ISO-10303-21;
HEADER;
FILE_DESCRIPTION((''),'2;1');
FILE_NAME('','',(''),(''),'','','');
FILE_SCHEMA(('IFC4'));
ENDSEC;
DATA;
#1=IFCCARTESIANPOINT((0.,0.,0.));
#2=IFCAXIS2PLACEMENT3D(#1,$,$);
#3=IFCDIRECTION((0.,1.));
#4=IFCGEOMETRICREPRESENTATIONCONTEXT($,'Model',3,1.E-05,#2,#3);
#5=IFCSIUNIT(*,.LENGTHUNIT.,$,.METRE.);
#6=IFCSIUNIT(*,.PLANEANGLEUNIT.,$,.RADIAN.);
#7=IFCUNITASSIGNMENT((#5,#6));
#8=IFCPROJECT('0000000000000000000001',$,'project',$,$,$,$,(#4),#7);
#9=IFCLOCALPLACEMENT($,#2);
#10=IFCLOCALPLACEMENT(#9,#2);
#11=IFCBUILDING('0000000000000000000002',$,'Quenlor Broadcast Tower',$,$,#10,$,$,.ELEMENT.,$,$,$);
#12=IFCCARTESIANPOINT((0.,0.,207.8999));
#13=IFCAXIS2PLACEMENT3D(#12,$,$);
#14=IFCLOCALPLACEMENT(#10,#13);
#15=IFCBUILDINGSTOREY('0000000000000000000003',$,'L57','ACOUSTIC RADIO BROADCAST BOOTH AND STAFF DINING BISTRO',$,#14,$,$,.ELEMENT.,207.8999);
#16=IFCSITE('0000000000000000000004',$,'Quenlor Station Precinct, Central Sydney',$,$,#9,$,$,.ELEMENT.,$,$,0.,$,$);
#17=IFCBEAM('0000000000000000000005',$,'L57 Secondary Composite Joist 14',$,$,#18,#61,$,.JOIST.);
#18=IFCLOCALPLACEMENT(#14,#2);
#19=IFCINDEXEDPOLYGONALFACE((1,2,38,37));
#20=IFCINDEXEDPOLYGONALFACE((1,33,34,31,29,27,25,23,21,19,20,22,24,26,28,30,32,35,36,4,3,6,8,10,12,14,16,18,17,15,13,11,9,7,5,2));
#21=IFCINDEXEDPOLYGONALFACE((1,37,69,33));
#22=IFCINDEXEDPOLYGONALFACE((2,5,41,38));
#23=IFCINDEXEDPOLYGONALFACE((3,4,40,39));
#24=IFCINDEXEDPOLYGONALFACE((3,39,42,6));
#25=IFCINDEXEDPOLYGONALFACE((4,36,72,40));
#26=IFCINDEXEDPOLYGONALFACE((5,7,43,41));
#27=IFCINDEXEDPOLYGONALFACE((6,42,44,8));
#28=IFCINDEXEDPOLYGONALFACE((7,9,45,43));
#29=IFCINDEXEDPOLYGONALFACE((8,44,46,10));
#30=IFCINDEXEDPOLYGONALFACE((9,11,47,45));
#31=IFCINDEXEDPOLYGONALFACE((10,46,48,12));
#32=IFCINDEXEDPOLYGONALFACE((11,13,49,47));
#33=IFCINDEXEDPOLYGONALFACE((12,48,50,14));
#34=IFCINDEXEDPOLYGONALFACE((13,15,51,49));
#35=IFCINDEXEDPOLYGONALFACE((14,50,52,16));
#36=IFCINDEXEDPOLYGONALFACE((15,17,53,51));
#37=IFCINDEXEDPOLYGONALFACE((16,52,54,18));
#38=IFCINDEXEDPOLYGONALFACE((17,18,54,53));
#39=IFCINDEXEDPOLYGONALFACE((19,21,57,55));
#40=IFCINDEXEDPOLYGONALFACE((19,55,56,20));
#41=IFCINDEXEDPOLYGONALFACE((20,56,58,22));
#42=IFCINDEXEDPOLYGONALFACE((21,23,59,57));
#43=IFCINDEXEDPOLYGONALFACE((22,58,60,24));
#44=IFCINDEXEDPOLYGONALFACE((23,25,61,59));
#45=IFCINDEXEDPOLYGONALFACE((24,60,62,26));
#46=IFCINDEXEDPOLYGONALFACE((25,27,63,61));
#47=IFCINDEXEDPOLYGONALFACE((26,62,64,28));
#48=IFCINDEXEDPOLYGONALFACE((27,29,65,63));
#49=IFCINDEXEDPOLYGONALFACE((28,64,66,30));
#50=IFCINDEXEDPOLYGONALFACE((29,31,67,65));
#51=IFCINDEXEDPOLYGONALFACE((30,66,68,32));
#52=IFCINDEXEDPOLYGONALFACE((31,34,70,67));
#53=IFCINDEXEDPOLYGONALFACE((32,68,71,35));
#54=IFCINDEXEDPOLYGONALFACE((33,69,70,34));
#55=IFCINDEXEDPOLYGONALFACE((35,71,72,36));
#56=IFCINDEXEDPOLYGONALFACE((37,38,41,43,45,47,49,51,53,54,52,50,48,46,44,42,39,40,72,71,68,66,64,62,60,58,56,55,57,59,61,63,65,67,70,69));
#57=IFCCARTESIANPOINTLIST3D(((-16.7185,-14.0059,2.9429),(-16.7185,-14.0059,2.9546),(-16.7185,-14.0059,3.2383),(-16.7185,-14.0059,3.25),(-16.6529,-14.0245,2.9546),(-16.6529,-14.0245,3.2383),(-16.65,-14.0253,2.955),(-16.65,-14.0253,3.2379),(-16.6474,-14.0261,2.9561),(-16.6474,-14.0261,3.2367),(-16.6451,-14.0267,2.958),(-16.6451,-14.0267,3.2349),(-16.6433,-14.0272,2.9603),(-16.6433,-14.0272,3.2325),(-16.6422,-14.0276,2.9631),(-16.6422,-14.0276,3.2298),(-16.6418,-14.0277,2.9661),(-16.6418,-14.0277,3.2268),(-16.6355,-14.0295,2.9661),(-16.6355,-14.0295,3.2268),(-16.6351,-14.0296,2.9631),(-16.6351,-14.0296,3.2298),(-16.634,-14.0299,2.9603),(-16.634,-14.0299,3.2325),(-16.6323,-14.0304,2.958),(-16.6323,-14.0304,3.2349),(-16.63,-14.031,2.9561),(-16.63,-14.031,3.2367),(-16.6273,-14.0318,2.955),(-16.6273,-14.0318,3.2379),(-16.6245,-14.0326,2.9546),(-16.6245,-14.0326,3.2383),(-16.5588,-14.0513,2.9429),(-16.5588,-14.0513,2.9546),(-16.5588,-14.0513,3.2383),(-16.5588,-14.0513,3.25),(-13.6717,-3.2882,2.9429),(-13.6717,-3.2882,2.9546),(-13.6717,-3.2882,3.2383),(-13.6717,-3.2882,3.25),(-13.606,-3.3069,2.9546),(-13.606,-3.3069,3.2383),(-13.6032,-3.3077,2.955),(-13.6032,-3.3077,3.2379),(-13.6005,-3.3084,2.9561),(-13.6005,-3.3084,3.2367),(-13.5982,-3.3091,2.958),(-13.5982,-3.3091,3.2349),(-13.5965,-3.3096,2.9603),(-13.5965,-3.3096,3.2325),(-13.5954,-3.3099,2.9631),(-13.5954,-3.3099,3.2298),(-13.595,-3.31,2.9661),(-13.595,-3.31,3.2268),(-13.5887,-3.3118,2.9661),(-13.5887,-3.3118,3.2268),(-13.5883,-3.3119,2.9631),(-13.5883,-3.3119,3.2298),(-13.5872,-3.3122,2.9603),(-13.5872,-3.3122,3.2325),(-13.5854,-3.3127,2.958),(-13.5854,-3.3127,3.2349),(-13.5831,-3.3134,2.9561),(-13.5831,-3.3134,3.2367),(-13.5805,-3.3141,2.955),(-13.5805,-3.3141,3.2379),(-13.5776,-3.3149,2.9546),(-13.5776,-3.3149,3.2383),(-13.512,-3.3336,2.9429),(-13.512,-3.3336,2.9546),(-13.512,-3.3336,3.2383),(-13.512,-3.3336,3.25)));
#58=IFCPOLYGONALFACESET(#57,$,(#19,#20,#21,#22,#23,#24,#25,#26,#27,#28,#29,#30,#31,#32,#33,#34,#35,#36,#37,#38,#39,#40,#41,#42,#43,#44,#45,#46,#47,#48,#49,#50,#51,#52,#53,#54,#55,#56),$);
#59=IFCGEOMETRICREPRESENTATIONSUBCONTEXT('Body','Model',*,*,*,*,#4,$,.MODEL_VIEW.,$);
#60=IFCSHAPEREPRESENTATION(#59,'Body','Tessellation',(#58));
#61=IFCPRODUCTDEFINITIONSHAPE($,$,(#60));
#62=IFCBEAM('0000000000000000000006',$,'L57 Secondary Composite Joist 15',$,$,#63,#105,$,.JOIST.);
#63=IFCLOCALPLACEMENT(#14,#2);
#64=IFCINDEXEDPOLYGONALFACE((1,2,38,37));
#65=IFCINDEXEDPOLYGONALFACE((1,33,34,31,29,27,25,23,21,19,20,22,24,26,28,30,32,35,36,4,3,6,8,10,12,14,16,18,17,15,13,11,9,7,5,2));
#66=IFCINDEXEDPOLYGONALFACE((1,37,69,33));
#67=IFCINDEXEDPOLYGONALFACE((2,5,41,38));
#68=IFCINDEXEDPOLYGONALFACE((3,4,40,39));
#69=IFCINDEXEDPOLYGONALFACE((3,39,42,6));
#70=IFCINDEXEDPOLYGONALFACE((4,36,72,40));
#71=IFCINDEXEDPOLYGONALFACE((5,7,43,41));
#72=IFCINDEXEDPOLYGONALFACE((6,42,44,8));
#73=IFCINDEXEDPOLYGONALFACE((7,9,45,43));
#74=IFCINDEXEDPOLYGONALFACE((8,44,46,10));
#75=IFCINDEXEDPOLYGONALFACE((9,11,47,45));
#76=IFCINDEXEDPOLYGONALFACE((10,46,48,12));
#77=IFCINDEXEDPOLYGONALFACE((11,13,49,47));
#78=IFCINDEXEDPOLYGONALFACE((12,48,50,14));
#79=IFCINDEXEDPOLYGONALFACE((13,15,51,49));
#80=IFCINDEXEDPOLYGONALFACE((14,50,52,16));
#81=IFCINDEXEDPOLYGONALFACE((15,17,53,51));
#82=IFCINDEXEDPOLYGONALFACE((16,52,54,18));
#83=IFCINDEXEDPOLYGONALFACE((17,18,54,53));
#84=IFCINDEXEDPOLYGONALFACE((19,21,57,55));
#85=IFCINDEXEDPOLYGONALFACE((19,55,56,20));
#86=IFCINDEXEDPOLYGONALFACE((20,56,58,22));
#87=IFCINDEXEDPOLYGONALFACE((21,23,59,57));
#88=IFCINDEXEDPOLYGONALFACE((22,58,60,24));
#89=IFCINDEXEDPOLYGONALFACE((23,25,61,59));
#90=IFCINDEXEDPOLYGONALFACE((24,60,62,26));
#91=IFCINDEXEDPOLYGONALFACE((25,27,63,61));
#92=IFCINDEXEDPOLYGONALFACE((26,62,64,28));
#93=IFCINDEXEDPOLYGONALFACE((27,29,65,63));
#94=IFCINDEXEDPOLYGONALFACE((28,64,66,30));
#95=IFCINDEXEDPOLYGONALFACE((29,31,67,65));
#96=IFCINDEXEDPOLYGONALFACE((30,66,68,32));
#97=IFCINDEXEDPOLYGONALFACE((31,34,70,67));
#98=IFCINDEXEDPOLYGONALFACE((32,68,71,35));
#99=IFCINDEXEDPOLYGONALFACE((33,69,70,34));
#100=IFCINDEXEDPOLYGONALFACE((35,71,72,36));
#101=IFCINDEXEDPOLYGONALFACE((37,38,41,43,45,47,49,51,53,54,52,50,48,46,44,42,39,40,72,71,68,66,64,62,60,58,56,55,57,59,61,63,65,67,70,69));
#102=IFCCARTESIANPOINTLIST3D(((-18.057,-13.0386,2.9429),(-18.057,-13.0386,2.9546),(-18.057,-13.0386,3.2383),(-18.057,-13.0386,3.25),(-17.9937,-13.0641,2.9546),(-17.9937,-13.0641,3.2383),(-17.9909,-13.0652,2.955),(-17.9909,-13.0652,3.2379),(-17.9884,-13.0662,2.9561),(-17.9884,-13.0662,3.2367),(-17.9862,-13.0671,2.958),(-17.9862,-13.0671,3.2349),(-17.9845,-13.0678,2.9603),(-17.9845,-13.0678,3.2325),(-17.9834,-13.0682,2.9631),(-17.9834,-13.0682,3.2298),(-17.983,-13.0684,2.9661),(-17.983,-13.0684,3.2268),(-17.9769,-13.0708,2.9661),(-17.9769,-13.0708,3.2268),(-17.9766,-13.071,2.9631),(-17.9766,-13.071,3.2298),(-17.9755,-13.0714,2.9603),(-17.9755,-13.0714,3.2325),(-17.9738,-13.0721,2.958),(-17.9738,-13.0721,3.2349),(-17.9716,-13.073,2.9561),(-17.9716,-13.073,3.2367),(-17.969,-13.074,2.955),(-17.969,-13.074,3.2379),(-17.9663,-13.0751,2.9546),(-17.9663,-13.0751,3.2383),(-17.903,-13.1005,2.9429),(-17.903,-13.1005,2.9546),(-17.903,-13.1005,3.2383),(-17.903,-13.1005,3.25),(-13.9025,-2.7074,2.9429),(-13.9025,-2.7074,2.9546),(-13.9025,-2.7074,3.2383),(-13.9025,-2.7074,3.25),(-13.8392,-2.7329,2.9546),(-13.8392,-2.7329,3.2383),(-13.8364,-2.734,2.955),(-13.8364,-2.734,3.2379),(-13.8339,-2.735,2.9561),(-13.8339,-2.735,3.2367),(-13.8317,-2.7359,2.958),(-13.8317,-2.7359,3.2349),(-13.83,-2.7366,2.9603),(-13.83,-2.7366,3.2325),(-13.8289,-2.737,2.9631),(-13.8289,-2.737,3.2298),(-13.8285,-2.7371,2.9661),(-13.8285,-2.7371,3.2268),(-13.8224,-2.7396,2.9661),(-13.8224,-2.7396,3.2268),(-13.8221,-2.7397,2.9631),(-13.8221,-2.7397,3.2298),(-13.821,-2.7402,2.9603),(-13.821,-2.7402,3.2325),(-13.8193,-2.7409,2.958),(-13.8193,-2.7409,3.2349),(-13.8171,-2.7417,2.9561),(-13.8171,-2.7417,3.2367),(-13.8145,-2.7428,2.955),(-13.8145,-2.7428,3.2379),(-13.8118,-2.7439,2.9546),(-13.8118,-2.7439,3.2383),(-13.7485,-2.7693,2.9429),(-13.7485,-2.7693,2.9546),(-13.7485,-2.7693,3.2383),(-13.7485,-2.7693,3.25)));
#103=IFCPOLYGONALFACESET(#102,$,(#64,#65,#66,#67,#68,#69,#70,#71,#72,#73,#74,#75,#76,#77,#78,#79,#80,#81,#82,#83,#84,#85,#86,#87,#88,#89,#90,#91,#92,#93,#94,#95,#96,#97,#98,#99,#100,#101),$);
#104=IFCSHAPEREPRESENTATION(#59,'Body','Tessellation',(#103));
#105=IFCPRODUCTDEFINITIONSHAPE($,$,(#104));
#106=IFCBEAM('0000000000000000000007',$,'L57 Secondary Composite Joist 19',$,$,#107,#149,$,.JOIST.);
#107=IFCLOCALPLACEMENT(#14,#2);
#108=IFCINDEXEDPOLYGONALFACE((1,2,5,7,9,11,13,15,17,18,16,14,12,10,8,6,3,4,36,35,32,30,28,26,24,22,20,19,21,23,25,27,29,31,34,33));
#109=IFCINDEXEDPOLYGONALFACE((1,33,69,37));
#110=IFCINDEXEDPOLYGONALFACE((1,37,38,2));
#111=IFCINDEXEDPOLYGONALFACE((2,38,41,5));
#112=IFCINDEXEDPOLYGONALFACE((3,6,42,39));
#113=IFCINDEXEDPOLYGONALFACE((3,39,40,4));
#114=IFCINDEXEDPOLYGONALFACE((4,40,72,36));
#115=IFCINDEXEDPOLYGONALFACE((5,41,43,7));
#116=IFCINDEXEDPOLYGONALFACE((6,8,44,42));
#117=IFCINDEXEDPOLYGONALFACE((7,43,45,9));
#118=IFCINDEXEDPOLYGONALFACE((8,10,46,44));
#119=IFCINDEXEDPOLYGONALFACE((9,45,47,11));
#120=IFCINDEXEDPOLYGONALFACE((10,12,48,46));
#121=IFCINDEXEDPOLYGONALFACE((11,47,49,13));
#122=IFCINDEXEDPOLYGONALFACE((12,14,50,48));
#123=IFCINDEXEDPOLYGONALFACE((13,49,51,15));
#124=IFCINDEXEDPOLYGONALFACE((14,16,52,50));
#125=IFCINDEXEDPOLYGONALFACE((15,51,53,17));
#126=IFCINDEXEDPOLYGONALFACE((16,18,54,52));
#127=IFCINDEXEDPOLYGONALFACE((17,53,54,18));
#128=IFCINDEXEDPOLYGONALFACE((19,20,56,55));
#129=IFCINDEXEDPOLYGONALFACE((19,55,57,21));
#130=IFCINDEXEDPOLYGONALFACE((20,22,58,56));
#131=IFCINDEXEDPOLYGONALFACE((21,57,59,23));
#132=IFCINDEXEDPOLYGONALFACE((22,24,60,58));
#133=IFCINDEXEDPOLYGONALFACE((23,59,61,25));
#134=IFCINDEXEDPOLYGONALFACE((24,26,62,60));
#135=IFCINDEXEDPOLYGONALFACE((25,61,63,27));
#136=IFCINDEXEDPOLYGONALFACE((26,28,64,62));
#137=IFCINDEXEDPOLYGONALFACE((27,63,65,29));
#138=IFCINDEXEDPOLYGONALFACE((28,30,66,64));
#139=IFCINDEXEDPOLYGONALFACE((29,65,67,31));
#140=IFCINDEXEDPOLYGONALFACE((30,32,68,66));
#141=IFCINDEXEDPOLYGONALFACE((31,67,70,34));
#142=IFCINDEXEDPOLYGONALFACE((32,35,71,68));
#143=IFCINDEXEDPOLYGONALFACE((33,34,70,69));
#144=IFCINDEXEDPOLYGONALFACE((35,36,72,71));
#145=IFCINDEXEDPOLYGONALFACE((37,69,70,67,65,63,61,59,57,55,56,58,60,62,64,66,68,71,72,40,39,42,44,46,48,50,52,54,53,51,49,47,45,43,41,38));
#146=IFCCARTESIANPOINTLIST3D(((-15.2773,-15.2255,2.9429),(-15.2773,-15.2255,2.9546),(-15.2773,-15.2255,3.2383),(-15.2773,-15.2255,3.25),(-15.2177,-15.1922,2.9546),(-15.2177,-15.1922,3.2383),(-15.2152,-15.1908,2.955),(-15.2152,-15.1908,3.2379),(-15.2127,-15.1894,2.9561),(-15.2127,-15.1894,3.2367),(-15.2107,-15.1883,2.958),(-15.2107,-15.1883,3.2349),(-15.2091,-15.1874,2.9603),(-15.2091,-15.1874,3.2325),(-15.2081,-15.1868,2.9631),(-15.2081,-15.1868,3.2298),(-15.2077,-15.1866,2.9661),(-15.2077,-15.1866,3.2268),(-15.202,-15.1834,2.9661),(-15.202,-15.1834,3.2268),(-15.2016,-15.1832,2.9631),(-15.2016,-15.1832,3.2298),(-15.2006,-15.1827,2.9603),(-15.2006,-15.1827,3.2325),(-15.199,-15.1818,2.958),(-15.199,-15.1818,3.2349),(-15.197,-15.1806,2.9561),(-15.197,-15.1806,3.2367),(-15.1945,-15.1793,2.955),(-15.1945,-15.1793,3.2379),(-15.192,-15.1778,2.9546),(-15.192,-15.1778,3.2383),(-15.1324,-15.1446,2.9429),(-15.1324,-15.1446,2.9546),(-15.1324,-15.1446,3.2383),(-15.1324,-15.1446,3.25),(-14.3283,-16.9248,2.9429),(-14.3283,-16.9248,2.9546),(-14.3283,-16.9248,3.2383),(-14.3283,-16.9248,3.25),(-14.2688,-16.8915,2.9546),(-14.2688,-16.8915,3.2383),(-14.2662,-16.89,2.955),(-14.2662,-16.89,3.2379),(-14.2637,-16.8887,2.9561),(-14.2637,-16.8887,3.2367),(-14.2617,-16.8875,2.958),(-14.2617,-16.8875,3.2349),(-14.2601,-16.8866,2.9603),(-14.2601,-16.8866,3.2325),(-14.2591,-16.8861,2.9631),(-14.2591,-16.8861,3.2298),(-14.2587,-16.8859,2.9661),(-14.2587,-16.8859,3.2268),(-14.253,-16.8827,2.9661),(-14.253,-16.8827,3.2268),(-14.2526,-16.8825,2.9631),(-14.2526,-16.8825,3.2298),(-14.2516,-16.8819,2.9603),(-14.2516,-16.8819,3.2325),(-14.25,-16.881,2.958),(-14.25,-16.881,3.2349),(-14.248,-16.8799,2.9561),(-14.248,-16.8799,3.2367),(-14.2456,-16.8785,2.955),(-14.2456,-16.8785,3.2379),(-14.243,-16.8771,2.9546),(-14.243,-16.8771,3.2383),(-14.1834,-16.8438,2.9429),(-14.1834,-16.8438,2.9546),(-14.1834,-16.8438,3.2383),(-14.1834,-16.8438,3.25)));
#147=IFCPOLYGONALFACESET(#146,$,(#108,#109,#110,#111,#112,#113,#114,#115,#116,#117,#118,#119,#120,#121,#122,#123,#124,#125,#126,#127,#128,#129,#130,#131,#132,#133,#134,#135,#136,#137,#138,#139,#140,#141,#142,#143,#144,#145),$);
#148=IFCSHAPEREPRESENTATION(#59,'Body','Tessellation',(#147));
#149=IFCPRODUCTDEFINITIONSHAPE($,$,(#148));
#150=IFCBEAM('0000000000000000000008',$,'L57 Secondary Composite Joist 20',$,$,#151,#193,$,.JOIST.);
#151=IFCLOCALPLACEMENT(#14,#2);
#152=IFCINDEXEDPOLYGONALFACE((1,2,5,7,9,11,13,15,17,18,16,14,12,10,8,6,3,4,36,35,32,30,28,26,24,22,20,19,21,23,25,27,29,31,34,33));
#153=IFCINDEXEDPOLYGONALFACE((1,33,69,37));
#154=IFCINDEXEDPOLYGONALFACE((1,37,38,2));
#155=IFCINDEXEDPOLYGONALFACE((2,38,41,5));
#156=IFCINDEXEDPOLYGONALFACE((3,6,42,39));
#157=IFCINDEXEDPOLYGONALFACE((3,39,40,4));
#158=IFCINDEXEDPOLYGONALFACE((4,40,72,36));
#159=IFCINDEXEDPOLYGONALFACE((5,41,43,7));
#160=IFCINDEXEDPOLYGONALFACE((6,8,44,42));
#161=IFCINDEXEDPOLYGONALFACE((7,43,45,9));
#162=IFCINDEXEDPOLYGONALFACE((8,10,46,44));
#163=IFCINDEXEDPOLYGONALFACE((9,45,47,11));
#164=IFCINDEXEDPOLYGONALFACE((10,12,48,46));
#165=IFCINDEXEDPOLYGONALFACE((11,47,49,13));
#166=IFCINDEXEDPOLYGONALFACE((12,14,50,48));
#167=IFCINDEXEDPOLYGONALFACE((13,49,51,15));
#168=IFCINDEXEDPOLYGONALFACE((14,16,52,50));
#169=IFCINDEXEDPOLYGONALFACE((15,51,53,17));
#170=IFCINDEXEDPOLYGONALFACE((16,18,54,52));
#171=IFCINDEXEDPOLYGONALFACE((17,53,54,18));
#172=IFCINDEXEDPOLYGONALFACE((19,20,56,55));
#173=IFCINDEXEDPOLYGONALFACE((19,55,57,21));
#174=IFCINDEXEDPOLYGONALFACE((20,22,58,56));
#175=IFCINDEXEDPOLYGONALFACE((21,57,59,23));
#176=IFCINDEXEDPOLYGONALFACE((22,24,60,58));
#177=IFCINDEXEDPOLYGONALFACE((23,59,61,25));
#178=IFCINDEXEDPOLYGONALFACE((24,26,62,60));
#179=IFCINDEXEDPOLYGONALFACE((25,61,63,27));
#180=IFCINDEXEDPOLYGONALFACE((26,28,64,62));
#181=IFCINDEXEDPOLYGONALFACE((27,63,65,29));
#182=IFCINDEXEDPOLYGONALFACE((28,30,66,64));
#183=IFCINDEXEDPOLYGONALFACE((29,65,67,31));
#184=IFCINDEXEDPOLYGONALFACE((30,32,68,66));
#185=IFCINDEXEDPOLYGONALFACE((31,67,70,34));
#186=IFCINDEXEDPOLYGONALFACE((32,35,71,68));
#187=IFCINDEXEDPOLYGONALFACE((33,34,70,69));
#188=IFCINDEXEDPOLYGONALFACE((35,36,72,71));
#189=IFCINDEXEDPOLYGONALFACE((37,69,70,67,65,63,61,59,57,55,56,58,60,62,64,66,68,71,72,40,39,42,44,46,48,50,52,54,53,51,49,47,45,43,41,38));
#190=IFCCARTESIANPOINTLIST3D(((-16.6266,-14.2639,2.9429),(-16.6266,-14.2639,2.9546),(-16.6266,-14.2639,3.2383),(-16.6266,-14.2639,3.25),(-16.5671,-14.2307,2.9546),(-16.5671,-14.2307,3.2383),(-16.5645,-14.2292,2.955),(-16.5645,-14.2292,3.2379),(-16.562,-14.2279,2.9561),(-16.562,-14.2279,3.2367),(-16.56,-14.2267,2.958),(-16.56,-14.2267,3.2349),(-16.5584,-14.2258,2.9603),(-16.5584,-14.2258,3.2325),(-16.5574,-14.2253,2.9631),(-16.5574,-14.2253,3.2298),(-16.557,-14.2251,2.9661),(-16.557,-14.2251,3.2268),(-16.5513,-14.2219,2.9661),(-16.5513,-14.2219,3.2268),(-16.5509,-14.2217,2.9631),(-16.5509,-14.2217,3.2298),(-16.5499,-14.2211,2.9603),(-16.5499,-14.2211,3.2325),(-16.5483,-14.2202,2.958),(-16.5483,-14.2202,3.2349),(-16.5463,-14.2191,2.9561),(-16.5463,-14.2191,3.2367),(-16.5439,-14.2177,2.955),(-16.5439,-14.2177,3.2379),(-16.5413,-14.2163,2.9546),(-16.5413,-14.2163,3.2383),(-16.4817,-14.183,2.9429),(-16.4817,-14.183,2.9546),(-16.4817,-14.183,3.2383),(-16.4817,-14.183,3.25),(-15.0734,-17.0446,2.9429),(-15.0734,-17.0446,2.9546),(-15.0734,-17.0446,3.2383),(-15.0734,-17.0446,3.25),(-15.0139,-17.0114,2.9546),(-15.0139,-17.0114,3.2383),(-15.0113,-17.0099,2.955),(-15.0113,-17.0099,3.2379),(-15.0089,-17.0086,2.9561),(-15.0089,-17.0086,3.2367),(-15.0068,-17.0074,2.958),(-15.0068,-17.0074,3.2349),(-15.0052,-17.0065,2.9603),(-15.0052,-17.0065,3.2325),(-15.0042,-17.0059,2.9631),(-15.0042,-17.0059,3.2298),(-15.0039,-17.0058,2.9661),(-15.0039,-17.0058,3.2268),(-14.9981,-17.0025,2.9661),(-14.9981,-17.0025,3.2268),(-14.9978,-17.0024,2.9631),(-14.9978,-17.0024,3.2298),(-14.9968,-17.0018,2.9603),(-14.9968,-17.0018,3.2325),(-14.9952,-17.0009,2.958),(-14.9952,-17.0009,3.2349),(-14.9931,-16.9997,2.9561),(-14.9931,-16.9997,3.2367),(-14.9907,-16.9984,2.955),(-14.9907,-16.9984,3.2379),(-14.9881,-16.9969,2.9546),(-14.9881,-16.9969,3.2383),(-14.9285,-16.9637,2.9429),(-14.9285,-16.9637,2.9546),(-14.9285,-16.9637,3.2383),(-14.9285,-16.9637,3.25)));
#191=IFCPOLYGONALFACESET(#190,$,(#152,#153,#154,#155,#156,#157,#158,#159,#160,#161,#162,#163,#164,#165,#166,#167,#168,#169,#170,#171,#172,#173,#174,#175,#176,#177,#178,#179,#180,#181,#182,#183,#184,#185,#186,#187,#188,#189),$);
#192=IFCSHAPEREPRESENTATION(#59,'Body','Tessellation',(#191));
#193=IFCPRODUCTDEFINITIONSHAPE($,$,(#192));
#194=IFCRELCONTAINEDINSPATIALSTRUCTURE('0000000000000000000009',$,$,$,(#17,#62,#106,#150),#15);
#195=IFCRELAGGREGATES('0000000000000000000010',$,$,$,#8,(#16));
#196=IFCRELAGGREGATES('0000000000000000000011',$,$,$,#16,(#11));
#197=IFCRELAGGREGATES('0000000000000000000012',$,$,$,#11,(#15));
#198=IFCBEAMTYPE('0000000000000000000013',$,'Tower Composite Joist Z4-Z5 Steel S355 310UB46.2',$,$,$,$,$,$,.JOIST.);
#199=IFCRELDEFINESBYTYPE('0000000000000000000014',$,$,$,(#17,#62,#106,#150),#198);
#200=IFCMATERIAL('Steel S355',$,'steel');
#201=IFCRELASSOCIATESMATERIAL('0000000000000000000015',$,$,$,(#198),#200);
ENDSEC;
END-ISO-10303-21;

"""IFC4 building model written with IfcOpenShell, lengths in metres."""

from ifc_helpers import new_model, si_unit, direction, frame, origin, origin_2d, place, context, subcontext, project, spatial, i_section, extrude, material, material_profile, profile_set, type_object, element, save


model = new_model("IFC4")

# Units and contexts
model_context = context("Model", 3, precision=1e-05, world=origin(), true_north=direction((0.0, 1.0)))
body_context = subcontext(model_context, "Body", "Model", "MODEL_VIEW")
ifc_project = project(units=[si_unit("LENGTHUNIT", "METRE"), si_unit("PLANEANGLEUNIT", "RADIAN")], contexts=[model_context])

# Site, building, storey
site_placement = place(None, origin())
site = spatial("IfcSite", under=ifc_project, at=site_placement, Name="Quenlor Station Precinct, Central Sydney", CompositionType="ELEMENT", RefElevation=0.0)
building_placement = place(site_placement, origin())
building = spatial("IfcBuilding", under=site, at=building_placement, Name="Quenlor Broadcast Tower", CompositionType="ELEMENT")
storey_placement = place(building_placement, frame((0.0, 0.0, 207.8999)))
storey = spatial("IfcBuildingStorey", under=building, at=storey_placement, Name="L57", Description="ACOUSTIC RADIO BROADCAST BOOTH AND STAFF DINING BISTRO", CompositionType="ELEMENT", Elevation=207.8999)

# Beams
ifc_material_1 = material(Name="Steel S355", Category="steel")
ifc_material_profile_1 = material_profile(ifc_material_1, i_section(OverallWidth=0.166, OverallDepth=0.3071, WebThickness=0.0066, FlangeThickness=0.0117, FilletRadius=0.0115, at=origin_2d()))
ifc_profile_set_1 = profile_set([ifc_material_profile_1], Name="Steel S355 310UB46.2")
beam_type_1 = type_object("IfcBeamType", Name="Tower Composite Joist Z4-Z5 Steel S355 310UB46.2", PredefinedType="JOIST", material=ifc_profile_set_1)
beam_1_placement = place(storey_placement, frame((-16.6387, -14.0286, 3.0964), z_axis=(0.273448, 0.961887, 0.0), x_axis=(-0.961887, 0.273448, 0.0)))
element("IfcBeam", 1, at=beam_1_placement, inside=storey, type_object=beam_type_1, Name="L57 Secondary Composite Joist 14", PredefinedType="JOIST", context=body_context, shape_type="SweptSolid", body=[
    extrude(i_section(OverallWidth=0.166, OverallDepth=0.3071, WebThickness=0.0066, FlangeThickness=0.0117, FilletRadius=0.0115, at=origin_2d()), origin(), (0.0, 0.0, 1.0), 11.1423),
])
beam_2_placement = place(storey_placement, frame((-17.98, -13.0696, 3.0964), z_axis=(0.373095, 0.927793, 0.0), x_axis=(-0.927793, 0.373095, 0.0)))
element("IfcBeam", 2, at=beam_2_placement, inside=storey, type_object=beam_type_1, Name="L57 Secondary Composite Joist 15", PredefinedType="JOIST", context=body_context, shape_type="SweptSolid", body=[
    extrude(i_section(OverallWidth=0.166, OverallDepth=0.3071, WebThickness=0.0066, FlangeThickness=0.0117, FilletRadius=0.0115, at=origin_2d()), origin(), (0.0, 0.0, 1.0), 11.1353),
])
beam_3_placement = place(storey_placement, frame((-14.2559, -16.8843, 3.0964), z_axis=(-0.487591, 0.873072, 0.0), x_axis=(-0.873072, -0.487591, 0.0)))
element("IfcBeam", 3, at=beam_3_placement, inside=storey, type_object=beam_type_1, Name="L57 Secondary Composite Joist 19", PredefinedType="JOIST", context=body_context, shape_type="SweptSolid", body=[
    extrude(i_section(OverallWidth=0.166, OverallDepth=0.3071, WebThickness=0.0066, FlangeThickness=0.0117, FilletRadius=0.0115, at=origin_2d()), origin(), (0.0, 0.0, 1.0), 1.9463),
])
beam_4_placement = place(storey_placement, frame((-15.001, -17.0042, 3.0964), z_axis=(-0.487646, 0.873041, 0.0), x_axis=(-0.873041, -0.487646, 0.0)))
element("IfcBeam", 4, at=beam_4_placement, inside=storey, type_object=beam_type_1, Name="L57 Secondary Composite Joist 20", PredefinedType="JOIST", context=body_context, shape_type="SweptSolid", body=[
    extrude(i_section(OverallWidth=0.166, OverallDepth=0.3071, WebThickness=0.0066, FlangeThickness=0.0117, FilletRadius=0.0115, at=origin_2d()), origin(), (0.0, 0.0, 1.0), 3.1851),
])

save(model, "model.ifc")
